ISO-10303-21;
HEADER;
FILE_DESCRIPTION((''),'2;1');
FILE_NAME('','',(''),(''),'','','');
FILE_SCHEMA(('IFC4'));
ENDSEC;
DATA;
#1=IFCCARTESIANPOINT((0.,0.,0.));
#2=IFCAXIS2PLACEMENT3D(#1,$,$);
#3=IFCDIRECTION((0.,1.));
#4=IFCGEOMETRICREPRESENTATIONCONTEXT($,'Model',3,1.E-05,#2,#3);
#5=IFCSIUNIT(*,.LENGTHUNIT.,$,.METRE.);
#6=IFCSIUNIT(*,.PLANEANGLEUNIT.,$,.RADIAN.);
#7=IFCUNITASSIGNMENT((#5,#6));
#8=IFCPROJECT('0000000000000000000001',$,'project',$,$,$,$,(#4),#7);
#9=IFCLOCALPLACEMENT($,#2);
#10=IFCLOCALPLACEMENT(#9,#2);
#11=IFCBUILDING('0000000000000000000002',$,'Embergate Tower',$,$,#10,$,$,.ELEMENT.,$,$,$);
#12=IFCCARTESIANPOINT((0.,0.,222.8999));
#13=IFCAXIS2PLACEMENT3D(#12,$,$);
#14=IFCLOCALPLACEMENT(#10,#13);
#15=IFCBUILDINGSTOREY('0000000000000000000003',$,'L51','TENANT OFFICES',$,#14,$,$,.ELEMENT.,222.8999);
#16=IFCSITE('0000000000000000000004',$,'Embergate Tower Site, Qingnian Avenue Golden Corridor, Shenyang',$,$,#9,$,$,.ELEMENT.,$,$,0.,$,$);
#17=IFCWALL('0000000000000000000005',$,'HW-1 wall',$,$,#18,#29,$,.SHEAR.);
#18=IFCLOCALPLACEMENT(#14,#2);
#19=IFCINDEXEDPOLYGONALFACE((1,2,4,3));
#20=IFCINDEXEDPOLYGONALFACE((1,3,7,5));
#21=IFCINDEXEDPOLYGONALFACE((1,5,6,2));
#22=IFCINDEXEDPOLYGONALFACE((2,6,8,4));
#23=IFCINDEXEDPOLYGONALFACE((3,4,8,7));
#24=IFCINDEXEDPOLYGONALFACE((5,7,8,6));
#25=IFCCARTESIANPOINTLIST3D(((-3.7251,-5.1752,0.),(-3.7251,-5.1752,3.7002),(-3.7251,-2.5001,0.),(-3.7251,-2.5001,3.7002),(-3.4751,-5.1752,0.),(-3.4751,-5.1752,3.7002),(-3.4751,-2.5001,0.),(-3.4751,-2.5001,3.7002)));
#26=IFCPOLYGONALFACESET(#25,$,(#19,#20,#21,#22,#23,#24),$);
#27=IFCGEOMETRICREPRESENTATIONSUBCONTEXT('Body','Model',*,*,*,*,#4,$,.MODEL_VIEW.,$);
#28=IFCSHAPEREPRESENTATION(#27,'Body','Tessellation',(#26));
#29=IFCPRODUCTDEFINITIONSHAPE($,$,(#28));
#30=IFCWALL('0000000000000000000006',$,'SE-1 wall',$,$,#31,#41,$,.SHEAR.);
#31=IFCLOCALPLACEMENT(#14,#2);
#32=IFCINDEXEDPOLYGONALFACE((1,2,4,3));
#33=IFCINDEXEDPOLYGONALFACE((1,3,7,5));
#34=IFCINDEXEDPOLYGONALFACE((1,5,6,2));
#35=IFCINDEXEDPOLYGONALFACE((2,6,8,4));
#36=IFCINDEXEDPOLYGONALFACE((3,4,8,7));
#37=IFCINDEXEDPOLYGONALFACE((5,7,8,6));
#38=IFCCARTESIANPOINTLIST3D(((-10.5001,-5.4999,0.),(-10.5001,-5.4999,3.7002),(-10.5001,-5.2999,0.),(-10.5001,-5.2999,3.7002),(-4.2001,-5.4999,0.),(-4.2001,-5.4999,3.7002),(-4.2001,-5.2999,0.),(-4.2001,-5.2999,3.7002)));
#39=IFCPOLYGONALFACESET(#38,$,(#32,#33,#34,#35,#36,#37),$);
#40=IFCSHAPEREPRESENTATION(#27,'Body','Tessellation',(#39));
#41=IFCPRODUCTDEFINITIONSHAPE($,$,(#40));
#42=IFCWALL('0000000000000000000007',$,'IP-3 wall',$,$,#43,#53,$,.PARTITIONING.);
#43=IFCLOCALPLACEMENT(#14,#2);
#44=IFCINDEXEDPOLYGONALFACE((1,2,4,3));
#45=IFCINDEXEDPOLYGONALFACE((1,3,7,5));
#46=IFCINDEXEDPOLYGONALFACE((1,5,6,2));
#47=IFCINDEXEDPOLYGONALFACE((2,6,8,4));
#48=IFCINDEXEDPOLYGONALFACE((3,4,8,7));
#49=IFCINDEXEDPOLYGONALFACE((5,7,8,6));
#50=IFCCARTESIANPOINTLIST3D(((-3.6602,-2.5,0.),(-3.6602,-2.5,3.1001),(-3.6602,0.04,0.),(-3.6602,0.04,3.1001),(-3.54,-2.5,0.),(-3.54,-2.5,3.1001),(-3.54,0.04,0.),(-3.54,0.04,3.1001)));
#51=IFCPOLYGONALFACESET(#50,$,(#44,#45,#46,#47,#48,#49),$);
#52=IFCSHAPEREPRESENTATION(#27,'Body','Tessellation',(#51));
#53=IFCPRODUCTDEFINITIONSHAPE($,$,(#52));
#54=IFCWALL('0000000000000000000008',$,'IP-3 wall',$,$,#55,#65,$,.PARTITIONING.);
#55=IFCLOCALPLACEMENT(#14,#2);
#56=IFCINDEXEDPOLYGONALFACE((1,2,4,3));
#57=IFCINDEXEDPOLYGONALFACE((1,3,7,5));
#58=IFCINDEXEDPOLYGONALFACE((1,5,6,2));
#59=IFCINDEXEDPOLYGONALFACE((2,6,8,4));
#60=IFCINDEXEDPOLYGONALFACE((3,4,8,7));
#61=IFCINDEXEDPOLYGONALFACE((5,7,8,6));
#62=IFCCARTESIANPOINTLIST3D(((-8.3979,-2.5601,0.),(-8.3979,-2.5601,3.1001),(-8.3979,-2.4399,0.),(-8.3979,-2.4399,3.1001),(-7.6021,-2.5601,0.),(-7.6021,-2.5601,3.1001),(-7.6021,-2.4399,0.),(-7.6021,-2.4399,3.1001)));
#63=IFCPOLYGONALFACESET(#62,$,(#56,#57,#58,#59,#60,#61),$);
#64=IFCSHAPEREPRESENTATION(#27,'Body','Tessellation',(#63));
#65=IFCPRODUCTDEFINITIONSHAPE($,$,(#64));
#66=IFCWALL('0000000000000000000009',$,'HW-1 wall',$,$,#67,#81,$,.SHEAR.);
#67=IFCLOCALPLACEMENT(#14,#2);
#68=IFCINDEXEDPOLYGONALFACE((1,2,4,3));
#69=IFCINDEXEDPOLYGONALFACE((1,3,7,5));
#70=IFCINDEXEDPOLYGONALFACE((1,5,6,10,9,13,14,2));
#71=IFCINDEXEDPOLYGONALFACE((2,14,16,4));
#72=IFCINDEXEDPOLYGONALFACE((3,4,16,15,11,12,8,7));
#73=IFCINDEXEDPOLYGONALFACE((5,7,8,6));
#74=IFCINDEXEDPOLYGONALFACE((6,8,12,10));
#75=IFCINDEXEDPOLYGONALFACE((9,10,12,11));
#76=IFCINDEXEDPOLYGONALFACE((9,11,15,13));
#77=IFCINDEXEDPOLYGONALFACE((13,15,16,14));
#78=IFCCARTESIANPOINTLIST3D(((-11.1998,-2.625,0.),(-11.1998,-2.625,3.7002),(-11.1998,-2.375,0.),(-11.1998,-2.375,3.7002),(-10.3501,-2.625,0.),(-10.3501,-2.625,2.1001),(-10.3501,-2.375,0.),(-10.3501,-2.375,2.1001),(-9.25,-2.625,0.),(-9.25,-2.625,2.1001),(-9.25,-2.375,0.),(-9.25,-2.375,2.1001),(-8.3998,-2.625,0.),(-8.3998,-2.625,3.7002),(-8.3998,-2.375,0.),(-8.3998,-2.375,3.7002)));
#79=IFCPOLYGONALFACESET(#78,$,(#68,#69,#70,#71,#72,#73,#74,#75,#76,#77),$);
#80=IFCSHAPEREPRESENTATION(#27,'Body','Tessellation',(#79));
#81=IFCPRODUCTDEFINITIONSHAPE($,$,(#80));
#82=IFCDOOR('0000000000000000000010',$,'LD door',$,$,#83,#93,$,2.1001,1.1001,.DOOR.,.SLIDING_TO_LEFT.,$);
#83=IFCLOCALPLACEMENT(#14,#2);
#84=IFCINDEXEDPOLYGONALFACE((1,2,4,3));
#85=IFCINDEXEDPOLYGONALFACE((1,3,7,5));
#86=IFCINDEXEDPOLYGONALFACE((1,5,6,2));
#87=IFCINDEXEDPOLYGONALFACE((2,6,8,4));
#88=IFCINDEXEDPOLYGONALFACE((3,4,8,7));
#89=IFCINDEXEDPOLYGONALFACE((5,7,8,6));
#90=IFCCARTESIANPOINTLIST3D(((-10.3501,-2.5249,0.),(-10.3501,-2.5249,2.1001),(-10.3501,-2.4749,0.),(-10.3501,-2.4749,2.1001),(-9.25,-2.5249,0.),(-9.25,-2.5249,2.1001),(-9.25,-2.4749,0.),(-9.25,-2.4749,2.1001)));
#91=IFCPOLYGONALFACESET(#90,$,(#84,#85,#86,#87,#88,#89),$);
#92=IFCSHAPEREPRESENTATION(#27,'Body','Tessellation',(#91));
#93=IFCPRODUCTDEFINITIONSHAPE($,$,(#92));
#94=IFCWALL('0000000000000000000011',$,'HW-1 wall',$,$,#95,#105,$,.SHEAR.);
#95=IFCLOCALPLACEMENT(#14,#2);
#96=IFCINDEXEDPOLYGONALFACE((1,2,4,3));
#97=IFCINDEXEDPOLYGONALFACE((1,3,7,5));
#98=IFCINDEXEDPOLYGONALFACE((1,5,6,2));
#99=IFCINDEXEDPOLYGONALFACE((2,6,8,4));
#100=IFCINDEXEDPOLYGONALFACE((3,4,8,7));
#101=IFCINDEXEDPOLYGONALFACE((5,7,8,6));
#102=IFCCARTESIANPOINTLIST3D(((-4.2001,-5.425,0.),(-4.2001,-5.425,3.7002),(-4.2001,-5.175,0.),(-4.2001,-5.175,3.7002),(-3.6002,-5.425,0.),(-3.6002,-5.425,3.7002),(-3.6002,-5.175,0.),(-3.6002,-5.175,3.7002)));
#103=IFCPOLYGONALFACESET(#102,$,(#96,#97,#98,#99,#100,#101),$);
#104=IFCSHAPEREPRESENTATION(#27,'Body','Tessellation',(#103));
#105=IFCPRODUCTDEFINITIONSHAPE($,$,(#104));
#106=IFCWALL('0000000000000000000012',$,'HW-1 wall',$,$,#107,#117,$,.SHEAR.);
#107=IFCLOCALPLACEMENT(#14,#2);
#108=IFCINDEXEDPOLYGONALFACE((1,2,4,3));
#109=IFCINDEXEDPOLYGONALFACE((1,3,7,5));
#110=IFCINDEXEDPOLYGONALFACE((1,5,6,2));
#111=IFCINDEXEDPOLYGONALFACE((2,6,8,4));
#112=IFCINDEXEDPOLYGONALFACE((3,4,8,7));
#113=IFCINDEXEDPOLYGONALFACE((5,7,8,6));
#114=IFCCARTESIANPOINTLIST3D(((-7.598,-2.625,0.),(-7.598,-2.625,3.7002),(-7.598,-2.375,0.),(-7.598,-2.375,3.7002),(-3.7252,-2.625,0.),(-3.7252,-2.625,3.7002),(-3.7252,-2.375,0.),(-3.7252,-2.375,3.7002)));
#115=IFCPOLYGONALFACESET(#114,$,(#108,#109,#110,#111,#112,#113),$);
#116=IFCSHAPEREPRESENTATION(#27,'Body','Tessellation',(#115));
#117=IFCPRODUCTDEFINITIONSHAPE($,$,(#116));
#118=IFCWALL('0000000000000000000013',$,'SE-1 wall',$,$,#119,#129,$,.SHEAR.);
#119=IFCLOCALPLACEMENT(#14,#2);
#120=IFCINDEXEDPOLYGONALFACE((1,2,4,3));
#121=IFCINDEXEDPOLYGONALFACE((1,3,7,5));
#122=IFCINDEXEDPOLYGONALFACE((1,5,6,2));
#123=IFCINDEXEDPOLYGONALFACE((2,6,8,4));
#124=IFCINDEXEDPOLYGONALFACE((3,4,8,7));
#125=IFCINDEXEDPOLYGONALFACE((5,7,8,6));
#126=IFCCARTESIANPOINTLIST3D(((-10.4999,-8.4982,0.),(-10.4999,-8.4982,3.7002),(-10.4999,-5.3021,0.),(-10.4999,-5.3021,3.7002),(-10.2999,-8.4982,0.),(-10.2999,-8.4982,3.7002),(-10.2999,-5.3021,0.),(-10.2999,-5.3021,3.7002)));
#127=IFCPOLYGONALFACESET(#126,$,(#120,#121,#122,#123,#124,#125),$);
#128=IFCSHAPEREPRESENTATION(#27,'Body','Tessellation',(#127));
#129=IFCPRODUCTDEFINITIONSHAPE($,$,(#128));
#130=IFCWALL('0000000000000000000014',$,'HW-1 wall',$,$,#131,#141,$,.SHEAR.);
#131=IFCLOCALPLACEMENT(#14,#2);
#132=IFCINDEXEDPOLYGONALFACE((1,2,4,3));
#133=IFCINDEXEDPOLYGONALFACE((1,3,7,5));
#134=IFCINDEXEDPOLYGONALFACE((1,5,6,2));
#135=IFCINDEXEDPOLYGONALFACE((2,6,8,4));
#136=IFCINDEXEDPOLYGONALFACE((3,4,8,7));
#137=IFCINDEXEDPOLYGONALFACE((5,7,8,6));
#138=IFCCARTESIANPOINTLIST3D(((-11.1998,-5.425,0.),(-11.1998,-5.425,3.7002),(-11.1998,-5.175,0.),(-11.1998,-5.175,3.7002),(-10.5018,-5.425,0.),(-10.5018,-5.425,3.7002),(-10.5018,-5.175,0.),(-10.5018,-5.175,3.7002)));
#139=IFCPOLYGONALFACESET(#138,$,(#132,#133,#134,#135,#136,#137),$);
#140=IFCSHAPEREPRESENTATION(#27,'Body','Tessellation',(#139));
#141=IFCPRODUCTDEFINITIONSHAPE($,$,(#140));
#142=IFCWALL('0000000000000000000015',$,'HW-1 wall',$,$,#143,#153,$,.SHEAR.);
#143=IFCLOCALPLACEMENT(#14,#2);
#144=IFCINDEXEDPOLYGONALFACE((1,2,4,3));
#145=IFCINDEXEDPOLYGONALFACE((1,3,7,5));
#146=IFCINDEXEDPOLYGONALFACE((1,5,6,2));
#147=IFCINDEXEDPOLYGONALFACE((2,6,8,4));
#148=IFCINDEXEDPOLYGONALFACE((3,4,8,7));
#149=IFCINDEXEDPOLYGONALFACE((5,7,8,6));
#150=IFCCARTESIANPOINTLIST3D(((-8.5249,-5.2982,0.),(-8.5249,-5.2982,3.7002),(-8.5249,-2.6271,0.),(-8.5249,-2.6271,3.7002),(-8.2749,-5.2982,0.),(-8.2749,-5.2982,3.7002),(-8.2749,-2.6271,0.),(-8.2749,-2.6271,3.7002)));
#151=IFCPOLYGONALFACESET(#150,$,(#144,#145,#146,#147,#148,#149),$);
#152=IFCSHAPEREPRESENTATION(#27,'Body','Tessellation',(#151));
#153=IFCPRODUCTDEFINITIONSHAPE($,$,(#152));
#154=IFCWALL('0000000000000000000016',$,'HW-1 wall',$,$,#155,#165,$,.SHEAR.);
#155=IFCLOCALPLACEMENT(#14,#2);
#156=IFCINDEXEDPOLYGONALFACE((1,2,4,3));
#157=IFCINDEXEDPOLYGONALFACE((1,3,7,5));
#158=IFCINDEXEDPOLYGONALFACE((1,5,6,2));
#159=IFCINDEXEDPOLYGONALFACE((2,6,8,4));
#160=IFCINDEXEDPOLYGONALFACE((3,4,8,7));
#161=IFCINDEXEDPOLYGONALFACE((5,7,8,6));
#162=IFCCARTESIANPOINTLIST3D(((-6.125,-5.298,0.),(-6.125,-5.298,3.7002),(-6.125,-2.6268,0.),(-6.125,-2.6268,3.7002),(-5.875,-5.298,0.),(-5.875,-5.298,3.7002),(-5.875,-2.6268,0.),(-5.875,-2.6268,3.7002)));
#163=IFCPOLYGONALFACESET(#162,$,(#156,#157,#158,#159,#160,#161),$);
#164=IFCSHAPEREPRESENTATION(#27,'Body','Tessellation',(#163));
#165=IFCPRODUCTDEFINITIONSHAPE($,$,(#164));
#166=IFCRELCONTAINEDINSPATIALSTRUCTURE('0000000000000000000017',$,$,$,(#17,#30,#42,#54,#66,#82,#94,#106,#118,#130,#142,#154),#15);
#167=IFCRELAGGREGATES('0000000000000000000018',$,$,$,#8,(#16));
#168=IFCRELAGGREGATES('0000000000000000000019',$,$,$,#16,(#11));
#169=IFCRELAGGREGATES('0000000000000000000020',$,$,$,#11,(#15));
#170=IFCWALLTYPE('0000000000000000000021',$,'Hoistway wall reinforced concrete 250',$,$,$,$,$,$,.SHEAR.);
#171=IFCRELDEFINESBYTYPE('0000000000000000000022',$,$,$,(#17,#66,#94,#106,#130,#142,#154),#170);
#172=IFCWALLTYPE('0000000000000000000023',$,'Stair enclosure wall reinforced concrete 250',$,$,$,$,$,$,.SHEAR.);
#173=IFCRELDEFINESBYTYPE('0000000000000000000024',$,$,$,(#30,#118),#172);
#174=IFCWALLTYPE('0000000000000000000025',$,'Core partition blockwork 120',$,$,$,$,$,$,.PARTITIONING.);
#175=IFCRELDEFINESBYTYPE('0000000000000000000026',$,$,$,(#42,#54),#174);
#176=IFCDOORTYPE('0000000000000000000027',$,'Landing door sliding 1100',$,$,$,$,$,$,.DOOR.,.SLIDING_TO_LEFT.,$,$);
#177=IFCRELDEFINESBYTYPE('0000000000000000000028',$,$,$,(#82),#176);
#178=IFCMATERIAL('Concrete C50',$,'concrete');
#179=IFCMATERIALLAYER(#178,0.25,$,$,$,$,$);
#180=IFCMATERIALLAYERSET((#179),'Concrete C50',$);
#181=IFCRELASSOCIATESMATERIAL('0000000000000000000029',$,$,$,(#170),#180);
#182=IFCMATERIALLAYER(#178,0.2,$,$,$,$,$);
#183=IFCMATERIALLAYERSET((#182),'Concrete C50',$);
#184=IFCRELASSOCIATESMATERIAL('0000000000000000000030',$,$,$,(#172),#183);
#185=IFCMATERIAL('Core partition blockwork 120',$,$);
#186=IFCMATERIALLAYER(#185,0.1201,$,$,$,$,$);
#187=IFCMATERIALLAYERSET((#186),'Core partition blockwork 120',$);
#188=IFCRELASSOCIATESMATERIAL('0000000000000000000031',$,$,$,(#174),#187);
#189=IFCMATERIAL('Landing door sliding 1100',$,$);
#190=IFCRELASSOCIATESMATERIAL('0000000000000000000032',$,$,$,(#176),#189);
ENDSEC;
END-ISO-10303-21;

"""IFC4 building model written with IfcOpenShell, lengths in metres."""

from ifc_helpers import new_model, si_unit, direction, frame, frame_2d, origin, place, context, subcontext, project, spatial, rectangle, extrude, source, transform, mapped, material, layer, layer_set, type_object, element, fill, save


model = new_model("IFC4")

# Units and contexts
model_context = context("Model", 3, precision=1e-05, world=origin(), true_north=direction((0.0, 1.0)))
body_context = subcontext(model_context, "Body", "Model", "MODEL_VIEW")
ifc_project = project(units=[si_unit("LENGTHUNIT", "METRE"), si_unit("PLANEANGLEUNIT", "RADIAN")], contexts=[model_context])

# Site, building, storey
site_placement = place(None, origin())
site = spatial("IfcSite", under=ifc_project, at=site_placement, Name="Embergate Tower Site, Qingnian Avenue Golden Corridor, Shenyang", CompositionType="ELEMENT", RefElevation=0.0)
building_placement = place(site_placement, origin())
building = spatial("IfcBuilding", under=site, at=building_placement, Name="Embergate Tower", CompositionType="ELEMENT")
storey_placement = place(building_placement, frame((0.0, 0.0, 222.8999)))
storey = spatial("IfcBuildingStorey", under=building, at=storey_placement, Name="L51", Description="TENANT OFFICES", CompositionType="ELEMENT", Elevation=222.8999)

# Walls
ifc_material_1 = material(Name="Concrete C50", Category="concrete")
ifc_layer_1 = layer(ifc_material_1, 0.25)
ifc_layer_set_1 = layer_set([ifc_layer_1], Name="Concrete C50")
wall_type_1 = type_object("IfcWallType", Name="Hoistway wall reinforced concrete 250", PredefinedType="SHEAR", material=ifc_layer_set_1)
shared_shape_1 = source(origin(), body_context, "Body", "SweptSolid", [
    extrude(rectangle(XDim=2.675, YDim=0.25, at=frame_2d((1.3374, 0.0))), origin(), (0.0, 0.0, 1.0), 3.7002),
])
wall_1_placement = place(storey_placement, frame((-3.6001, -5.175, 0.0), z_axis=(0.0, 0.0, 1.0), x_axis=(0.0, 1.0, 0.0)))
element("IfcWall", 1, at=wall_1_placement, inside=storey, type_object=wall_type_1, Name="HW-1 wall", PredefinedType="SHEAR", context=body_context, shape_type="MappedRepresentation", body=[
    mapped(shared_shape_1, transform((0.0, 0.0, 0.0))),
])
ifc_layer_2 = layer(ifc_material_1, 0.2)
ifc_layer_set_2 = layer_set([ifc_layer_2], Name="Concrete C50")
wall_type_2 = type_object("IfcWallType", Name="Stair enclosure wall reinforced concrete 250", PredefinedType="SHEAR", material=ifc_layer_set_2)
shared_shape_2 = source(origin(), body_context, "Body", "SweptSolid", [
    extrude(rectangle(XDim=6.3, YDim=0.2, at=frame_2d((3.1499, 0.0))), origin(), (0.0, 0.0, 1.0), 3.7002),
])
wall_2_placement = place(storey_placement, frame((-10.5, -5.3999, 0.0), z_axis=(0.0, 0.0, 1.0), x_axis=(1.0, 0.0, 0.0)))
element("IfcWall", 2, at=wall_2_placement, inside=storey, type_object=wall_type_2, Name="SE-1 wall", PredefinedType="SHEAR", context=body_context, shape_type="MappedRepresentation", body=[
    mapped(shared_shape_2, transform((0.0, 0.0, 0.0))),
])
ifc_material_2 = material(Name="Core partition blockwork 120")
ifc_layer_3 = layer(ifc_material_2, 0.1201)
ifc_layer_set_3 = layer_set([ifc_layer_3], Name="Core partition blockwork 120")
wall_type_3 = type_object("IfcWallType", Name="Core partition blockwork 120", PredefinedType="PARTITIONING", material=ifc_layer_set_3)
shared_shape_3 = source(origin(), body_context, "Body", "SweptSolid", [
    extrude(rectangle(XDim=2.54, YDim=0.1201, at=frame_2d((1.27, 0.0))), origin(), (0.0, 0.0, 1.0), 3.1001),
])
wall_3_placement = place(storey_placement, frame((-3.6001, -2.5, 0.0), z_axis=(0.0, 0.0, 1.0), x_axis=(0.0, 1.0, 0.0)))
element("IfcWall", 3, at=wall_3_placement, inside=storey, type_object=wall_type_3, Name="IP-3 wall", PredefinedType="PARTITIONING", context=body_context, shape_type="MappedRepresentation", body=[
    mapped(shared_shape_3, transform((0.0, 0.0, 0.0))),
])
shared_shape_4 = source(origin(), body_context, "Body", "SweptSolid", [
    extrude(rectangle(XDim=0.7959, YDim=0.1201, at=frame_2d((0.3979, 0.0))), origin(), (0.0, 0.0, 1.0), 3.1001),
])
wall_4_placement = place(storey_placement, frame((-8.3979, -2.5, 0.0), z_axis=(0.0, 0.0, 1.0), x_axis=(1.0, 0.0, 0.0)))
element("IfcWall", 4, at=wall_4_placement, inside=storey, type_object=wall_type_3, Name="IP-3 wall", PredefinedType="PARTITIONING", context=body_context, shape_type="MappedRepresentation", body=[
    mapped(shared_shape_4, transform((0.0, 0.0, 0.0))),
])

# Wall, opening, door
shared_shape_5 = source(origin(), body_context, "Body", "SweptSolid", [
    extrude(rectangle(XDim=2.8, YDim=0.25, at=frame_2d((1.3999, 0.0))), origin(), (0.0, 0.0, 1.0), 3.7002),
])
wall_5_placement = place(storey_placement, frame((-8.3999, -2.5, 0.0), z_axis=(0.0, 0.0, 1.0), x_axis=(-1.0, 0.0, 0.0)))
wall_5 = element("IfcWall", 5, at=wall_5_placement, inside=storey, type_object=wall_type_1, Name="HW-1 wall", PredefinedType="SHEAR", context=body_context, shape_type="MappedRepresentation", body=[
    mapped(shared_shape_5, transform((0.0, 0.0, 0.0))),
])
shared_shape_6 = source(origin(), body_context, "Body", "SweptSolid", [
    extrude(rectangle(XDim=1.1001, YDim=2.1001, at=frame_2d((0.55, 1.05))), frame((0.0, 0.135, 0.0), z_axis=(0.0, -1.0, 0.0), x_axis=(1.0, 0.0, 0.0)), (0.0, 0.0, 1.0), 0.27),
])
opening_placement = place(wall_5_placement, frame((0.8501, 0.0, 0.0)))
opening = element("IfcOpeningElement", 6, at=opening_placement, cuts=wall_5, PredefinedType="OPENING", context=body_context, shape_type="MappedRepresentation", body=[
    mapped(shared_shape_6, transform((0.0, 0.0, 0.0))),
])
ifc_material_3 = material(Name="Landing door sliding 1100")
door_type = type_object("IfcDoorType", Name="Landing door sliding 1100", OperationType="SLIDING_TO_LEFT", PredefinedType="DOOR", material=ifc_material_3)
shared_shape_7 = source(origin(), body_context, "Body", "SweptSolid", [
    extrude(rectangle(XDim=1.1001, YDim=2.1001, at=frame_2d((0.55, 1.05))), frame((0.0, 0.0249, 0.0), z_axis=(0.0, -1.0, 0.0), x_axis=(1.0, 0.0, 0.0)), (0.0, 0.0, 1.0), 0.05),
])
door_placement = place(opening_placement, origin())
door = element("IfcDoor", 7, at=door_placement, inside=storey, type_object=door_type, Name="LD door", OperationType="SLIDING_TO_LEFT", OverallHeight=2.1001, OverallWidth=1.1001, PredefinedType="DOOR", context=body_context, shape_type="MappedRepresentation", body=[
    mapped(shared_shape_7, transform((0.0, 0.0, 0.0))),
])
fill(opening, door)

# Walls
shared_shape_8 = source(origin(), body_context, "Body", "SweptSolid", [
    extrude(rectangle(XDim=0.5999, YDim=0.25, at=frame_2d((0.2998, 0.0))), origin(), (0.0, 0.0, 1.0), 3.7002),
])
wall_6_placement = place(storey_placement, frame((-4.2, -5.3, 0.0), z_axis=(0.0, 0.0, 1.0), x_axis=(1.0, 0.0, 0.0)))
element("IfcWall", 8, at=wall_6_placement, inside=storey, type_object=wall_type_1, Name="HW-1 wall", PredefinedType="SHEAR", context=body_context, shape_type="MappedRepresentation", body=[
    mapped(shared_shape_8, transform((0.0, 0.0, 0.0))),
])
shared_shape_9 = source(origin(), body_context, "Body", "SweptSolid", [
    extrude(rectangle(XDim=3.8728, YDim=0.25, at=frame_2d((1.9365, 0.0))), origin(), (0.0, 0.0, 1.0), 3.7002),
])
wall_7_placement = place(storey_placement, frame((-3.7251, -2.5, 0.0), z_axis=(0.0, 0.0, 1.0), x_axis=(-1.0, 0.0, 0.0)))
element("IfcWall", 9, at=wall_7_placement, inside=storey, type_object=wall_type_1, Name="HW-1 wall", PredefinedType="SHEAR", context=body_context, shape_type="MappedRepresentation", body=[
    mapped(shared_shape_9, transform((0.0, 0.0, 0.0))),
])
shared_shape_10 = source(origin(), body_context, "Body", "SweptSolid", [
    extrude(rectangle(XDim=3.196, YDim=0.2, at=frame_2d((1.5981, 0.0))), origin(), (0.0, 0.0, 1.0), 3.7002),
])
wall_8_placement = place(storey_placement, frame((-10.3999, -5.302, 0.0), z_axis=(0.0, 0.0, 1.0), x_axis=(0.0, -1.0, 0.0)))
element("IfcWall", 10, at=wall_8_placement, inside=storey, type_object=wall_type_2, Name="SE-1 wall", PredefinedType="SHEAR", context=body_context, shape_type="MappedRepresentation", body=[
    mapped(shared_shape_10, transform((0.0, 0.0, 0.0))),
])
shared_shape_11 = source(origin(), body_context, "Body", "SweptSolid", [
    extrude(rectangle(XDim=0.698, YDim=0.25, at=frame_2d((0.3491, 0.0))), origin(), (0.0, 0.0, 1.0), 3.7002),
])
wall_9_placement = place(storey_placement, frame((-11.2, -5.3, 0.0), z_axis=(0.0, 0.0, 1.0), x_axis=(1.0, 0.0, 0.0)))
element("IfcWall", 11, at=wall_9_placement, inside=storey, type_object=wall_type_1, Name="HW-1 wall", PredefinedType="SHEAR", context=body_context, shape_type="MappedRepresentation", body=[
    mapped(shared_shape_11, transform((0.0, 0.0, 0.0))),
])
shared_shape_12 = source(origin(), body_context, "Body", "SweptSolid", [
    extrude(rectangle(XDim=2.6711, YDim=0.25, at=frame_2d((1.3354, 0.0))), origin(), (0.0, 0.0, 1.0), 3.7002),
])
for number, where, z_axis, x_axis, name in (
    (12, (-8.3999, -5.2981, 0.0), (0.0, 0.0, 1.0), (0.0, 1.0, 0.0), "HW-1 wall"),
    (13, (-6.0, -2.627, 0.0), (0.0, 0.0, 1.0), (0.0, -1.0, 0.0), "HW-1 wall"),
):
    element("IfcWall", number, at=place(storey_placement, frame(where, z_axis=z_axis, x_axis=x_axis)), inside=storey, type_object=wall_type_1, Name=name, PredefinedType="SHEAR", context=body_context, shape_type="MappedRepresentation", body=[
        mapped(shared_shape_12, transform((0.0, 0.0, 0.0))),
    ])

save(model, "model.ifc")
